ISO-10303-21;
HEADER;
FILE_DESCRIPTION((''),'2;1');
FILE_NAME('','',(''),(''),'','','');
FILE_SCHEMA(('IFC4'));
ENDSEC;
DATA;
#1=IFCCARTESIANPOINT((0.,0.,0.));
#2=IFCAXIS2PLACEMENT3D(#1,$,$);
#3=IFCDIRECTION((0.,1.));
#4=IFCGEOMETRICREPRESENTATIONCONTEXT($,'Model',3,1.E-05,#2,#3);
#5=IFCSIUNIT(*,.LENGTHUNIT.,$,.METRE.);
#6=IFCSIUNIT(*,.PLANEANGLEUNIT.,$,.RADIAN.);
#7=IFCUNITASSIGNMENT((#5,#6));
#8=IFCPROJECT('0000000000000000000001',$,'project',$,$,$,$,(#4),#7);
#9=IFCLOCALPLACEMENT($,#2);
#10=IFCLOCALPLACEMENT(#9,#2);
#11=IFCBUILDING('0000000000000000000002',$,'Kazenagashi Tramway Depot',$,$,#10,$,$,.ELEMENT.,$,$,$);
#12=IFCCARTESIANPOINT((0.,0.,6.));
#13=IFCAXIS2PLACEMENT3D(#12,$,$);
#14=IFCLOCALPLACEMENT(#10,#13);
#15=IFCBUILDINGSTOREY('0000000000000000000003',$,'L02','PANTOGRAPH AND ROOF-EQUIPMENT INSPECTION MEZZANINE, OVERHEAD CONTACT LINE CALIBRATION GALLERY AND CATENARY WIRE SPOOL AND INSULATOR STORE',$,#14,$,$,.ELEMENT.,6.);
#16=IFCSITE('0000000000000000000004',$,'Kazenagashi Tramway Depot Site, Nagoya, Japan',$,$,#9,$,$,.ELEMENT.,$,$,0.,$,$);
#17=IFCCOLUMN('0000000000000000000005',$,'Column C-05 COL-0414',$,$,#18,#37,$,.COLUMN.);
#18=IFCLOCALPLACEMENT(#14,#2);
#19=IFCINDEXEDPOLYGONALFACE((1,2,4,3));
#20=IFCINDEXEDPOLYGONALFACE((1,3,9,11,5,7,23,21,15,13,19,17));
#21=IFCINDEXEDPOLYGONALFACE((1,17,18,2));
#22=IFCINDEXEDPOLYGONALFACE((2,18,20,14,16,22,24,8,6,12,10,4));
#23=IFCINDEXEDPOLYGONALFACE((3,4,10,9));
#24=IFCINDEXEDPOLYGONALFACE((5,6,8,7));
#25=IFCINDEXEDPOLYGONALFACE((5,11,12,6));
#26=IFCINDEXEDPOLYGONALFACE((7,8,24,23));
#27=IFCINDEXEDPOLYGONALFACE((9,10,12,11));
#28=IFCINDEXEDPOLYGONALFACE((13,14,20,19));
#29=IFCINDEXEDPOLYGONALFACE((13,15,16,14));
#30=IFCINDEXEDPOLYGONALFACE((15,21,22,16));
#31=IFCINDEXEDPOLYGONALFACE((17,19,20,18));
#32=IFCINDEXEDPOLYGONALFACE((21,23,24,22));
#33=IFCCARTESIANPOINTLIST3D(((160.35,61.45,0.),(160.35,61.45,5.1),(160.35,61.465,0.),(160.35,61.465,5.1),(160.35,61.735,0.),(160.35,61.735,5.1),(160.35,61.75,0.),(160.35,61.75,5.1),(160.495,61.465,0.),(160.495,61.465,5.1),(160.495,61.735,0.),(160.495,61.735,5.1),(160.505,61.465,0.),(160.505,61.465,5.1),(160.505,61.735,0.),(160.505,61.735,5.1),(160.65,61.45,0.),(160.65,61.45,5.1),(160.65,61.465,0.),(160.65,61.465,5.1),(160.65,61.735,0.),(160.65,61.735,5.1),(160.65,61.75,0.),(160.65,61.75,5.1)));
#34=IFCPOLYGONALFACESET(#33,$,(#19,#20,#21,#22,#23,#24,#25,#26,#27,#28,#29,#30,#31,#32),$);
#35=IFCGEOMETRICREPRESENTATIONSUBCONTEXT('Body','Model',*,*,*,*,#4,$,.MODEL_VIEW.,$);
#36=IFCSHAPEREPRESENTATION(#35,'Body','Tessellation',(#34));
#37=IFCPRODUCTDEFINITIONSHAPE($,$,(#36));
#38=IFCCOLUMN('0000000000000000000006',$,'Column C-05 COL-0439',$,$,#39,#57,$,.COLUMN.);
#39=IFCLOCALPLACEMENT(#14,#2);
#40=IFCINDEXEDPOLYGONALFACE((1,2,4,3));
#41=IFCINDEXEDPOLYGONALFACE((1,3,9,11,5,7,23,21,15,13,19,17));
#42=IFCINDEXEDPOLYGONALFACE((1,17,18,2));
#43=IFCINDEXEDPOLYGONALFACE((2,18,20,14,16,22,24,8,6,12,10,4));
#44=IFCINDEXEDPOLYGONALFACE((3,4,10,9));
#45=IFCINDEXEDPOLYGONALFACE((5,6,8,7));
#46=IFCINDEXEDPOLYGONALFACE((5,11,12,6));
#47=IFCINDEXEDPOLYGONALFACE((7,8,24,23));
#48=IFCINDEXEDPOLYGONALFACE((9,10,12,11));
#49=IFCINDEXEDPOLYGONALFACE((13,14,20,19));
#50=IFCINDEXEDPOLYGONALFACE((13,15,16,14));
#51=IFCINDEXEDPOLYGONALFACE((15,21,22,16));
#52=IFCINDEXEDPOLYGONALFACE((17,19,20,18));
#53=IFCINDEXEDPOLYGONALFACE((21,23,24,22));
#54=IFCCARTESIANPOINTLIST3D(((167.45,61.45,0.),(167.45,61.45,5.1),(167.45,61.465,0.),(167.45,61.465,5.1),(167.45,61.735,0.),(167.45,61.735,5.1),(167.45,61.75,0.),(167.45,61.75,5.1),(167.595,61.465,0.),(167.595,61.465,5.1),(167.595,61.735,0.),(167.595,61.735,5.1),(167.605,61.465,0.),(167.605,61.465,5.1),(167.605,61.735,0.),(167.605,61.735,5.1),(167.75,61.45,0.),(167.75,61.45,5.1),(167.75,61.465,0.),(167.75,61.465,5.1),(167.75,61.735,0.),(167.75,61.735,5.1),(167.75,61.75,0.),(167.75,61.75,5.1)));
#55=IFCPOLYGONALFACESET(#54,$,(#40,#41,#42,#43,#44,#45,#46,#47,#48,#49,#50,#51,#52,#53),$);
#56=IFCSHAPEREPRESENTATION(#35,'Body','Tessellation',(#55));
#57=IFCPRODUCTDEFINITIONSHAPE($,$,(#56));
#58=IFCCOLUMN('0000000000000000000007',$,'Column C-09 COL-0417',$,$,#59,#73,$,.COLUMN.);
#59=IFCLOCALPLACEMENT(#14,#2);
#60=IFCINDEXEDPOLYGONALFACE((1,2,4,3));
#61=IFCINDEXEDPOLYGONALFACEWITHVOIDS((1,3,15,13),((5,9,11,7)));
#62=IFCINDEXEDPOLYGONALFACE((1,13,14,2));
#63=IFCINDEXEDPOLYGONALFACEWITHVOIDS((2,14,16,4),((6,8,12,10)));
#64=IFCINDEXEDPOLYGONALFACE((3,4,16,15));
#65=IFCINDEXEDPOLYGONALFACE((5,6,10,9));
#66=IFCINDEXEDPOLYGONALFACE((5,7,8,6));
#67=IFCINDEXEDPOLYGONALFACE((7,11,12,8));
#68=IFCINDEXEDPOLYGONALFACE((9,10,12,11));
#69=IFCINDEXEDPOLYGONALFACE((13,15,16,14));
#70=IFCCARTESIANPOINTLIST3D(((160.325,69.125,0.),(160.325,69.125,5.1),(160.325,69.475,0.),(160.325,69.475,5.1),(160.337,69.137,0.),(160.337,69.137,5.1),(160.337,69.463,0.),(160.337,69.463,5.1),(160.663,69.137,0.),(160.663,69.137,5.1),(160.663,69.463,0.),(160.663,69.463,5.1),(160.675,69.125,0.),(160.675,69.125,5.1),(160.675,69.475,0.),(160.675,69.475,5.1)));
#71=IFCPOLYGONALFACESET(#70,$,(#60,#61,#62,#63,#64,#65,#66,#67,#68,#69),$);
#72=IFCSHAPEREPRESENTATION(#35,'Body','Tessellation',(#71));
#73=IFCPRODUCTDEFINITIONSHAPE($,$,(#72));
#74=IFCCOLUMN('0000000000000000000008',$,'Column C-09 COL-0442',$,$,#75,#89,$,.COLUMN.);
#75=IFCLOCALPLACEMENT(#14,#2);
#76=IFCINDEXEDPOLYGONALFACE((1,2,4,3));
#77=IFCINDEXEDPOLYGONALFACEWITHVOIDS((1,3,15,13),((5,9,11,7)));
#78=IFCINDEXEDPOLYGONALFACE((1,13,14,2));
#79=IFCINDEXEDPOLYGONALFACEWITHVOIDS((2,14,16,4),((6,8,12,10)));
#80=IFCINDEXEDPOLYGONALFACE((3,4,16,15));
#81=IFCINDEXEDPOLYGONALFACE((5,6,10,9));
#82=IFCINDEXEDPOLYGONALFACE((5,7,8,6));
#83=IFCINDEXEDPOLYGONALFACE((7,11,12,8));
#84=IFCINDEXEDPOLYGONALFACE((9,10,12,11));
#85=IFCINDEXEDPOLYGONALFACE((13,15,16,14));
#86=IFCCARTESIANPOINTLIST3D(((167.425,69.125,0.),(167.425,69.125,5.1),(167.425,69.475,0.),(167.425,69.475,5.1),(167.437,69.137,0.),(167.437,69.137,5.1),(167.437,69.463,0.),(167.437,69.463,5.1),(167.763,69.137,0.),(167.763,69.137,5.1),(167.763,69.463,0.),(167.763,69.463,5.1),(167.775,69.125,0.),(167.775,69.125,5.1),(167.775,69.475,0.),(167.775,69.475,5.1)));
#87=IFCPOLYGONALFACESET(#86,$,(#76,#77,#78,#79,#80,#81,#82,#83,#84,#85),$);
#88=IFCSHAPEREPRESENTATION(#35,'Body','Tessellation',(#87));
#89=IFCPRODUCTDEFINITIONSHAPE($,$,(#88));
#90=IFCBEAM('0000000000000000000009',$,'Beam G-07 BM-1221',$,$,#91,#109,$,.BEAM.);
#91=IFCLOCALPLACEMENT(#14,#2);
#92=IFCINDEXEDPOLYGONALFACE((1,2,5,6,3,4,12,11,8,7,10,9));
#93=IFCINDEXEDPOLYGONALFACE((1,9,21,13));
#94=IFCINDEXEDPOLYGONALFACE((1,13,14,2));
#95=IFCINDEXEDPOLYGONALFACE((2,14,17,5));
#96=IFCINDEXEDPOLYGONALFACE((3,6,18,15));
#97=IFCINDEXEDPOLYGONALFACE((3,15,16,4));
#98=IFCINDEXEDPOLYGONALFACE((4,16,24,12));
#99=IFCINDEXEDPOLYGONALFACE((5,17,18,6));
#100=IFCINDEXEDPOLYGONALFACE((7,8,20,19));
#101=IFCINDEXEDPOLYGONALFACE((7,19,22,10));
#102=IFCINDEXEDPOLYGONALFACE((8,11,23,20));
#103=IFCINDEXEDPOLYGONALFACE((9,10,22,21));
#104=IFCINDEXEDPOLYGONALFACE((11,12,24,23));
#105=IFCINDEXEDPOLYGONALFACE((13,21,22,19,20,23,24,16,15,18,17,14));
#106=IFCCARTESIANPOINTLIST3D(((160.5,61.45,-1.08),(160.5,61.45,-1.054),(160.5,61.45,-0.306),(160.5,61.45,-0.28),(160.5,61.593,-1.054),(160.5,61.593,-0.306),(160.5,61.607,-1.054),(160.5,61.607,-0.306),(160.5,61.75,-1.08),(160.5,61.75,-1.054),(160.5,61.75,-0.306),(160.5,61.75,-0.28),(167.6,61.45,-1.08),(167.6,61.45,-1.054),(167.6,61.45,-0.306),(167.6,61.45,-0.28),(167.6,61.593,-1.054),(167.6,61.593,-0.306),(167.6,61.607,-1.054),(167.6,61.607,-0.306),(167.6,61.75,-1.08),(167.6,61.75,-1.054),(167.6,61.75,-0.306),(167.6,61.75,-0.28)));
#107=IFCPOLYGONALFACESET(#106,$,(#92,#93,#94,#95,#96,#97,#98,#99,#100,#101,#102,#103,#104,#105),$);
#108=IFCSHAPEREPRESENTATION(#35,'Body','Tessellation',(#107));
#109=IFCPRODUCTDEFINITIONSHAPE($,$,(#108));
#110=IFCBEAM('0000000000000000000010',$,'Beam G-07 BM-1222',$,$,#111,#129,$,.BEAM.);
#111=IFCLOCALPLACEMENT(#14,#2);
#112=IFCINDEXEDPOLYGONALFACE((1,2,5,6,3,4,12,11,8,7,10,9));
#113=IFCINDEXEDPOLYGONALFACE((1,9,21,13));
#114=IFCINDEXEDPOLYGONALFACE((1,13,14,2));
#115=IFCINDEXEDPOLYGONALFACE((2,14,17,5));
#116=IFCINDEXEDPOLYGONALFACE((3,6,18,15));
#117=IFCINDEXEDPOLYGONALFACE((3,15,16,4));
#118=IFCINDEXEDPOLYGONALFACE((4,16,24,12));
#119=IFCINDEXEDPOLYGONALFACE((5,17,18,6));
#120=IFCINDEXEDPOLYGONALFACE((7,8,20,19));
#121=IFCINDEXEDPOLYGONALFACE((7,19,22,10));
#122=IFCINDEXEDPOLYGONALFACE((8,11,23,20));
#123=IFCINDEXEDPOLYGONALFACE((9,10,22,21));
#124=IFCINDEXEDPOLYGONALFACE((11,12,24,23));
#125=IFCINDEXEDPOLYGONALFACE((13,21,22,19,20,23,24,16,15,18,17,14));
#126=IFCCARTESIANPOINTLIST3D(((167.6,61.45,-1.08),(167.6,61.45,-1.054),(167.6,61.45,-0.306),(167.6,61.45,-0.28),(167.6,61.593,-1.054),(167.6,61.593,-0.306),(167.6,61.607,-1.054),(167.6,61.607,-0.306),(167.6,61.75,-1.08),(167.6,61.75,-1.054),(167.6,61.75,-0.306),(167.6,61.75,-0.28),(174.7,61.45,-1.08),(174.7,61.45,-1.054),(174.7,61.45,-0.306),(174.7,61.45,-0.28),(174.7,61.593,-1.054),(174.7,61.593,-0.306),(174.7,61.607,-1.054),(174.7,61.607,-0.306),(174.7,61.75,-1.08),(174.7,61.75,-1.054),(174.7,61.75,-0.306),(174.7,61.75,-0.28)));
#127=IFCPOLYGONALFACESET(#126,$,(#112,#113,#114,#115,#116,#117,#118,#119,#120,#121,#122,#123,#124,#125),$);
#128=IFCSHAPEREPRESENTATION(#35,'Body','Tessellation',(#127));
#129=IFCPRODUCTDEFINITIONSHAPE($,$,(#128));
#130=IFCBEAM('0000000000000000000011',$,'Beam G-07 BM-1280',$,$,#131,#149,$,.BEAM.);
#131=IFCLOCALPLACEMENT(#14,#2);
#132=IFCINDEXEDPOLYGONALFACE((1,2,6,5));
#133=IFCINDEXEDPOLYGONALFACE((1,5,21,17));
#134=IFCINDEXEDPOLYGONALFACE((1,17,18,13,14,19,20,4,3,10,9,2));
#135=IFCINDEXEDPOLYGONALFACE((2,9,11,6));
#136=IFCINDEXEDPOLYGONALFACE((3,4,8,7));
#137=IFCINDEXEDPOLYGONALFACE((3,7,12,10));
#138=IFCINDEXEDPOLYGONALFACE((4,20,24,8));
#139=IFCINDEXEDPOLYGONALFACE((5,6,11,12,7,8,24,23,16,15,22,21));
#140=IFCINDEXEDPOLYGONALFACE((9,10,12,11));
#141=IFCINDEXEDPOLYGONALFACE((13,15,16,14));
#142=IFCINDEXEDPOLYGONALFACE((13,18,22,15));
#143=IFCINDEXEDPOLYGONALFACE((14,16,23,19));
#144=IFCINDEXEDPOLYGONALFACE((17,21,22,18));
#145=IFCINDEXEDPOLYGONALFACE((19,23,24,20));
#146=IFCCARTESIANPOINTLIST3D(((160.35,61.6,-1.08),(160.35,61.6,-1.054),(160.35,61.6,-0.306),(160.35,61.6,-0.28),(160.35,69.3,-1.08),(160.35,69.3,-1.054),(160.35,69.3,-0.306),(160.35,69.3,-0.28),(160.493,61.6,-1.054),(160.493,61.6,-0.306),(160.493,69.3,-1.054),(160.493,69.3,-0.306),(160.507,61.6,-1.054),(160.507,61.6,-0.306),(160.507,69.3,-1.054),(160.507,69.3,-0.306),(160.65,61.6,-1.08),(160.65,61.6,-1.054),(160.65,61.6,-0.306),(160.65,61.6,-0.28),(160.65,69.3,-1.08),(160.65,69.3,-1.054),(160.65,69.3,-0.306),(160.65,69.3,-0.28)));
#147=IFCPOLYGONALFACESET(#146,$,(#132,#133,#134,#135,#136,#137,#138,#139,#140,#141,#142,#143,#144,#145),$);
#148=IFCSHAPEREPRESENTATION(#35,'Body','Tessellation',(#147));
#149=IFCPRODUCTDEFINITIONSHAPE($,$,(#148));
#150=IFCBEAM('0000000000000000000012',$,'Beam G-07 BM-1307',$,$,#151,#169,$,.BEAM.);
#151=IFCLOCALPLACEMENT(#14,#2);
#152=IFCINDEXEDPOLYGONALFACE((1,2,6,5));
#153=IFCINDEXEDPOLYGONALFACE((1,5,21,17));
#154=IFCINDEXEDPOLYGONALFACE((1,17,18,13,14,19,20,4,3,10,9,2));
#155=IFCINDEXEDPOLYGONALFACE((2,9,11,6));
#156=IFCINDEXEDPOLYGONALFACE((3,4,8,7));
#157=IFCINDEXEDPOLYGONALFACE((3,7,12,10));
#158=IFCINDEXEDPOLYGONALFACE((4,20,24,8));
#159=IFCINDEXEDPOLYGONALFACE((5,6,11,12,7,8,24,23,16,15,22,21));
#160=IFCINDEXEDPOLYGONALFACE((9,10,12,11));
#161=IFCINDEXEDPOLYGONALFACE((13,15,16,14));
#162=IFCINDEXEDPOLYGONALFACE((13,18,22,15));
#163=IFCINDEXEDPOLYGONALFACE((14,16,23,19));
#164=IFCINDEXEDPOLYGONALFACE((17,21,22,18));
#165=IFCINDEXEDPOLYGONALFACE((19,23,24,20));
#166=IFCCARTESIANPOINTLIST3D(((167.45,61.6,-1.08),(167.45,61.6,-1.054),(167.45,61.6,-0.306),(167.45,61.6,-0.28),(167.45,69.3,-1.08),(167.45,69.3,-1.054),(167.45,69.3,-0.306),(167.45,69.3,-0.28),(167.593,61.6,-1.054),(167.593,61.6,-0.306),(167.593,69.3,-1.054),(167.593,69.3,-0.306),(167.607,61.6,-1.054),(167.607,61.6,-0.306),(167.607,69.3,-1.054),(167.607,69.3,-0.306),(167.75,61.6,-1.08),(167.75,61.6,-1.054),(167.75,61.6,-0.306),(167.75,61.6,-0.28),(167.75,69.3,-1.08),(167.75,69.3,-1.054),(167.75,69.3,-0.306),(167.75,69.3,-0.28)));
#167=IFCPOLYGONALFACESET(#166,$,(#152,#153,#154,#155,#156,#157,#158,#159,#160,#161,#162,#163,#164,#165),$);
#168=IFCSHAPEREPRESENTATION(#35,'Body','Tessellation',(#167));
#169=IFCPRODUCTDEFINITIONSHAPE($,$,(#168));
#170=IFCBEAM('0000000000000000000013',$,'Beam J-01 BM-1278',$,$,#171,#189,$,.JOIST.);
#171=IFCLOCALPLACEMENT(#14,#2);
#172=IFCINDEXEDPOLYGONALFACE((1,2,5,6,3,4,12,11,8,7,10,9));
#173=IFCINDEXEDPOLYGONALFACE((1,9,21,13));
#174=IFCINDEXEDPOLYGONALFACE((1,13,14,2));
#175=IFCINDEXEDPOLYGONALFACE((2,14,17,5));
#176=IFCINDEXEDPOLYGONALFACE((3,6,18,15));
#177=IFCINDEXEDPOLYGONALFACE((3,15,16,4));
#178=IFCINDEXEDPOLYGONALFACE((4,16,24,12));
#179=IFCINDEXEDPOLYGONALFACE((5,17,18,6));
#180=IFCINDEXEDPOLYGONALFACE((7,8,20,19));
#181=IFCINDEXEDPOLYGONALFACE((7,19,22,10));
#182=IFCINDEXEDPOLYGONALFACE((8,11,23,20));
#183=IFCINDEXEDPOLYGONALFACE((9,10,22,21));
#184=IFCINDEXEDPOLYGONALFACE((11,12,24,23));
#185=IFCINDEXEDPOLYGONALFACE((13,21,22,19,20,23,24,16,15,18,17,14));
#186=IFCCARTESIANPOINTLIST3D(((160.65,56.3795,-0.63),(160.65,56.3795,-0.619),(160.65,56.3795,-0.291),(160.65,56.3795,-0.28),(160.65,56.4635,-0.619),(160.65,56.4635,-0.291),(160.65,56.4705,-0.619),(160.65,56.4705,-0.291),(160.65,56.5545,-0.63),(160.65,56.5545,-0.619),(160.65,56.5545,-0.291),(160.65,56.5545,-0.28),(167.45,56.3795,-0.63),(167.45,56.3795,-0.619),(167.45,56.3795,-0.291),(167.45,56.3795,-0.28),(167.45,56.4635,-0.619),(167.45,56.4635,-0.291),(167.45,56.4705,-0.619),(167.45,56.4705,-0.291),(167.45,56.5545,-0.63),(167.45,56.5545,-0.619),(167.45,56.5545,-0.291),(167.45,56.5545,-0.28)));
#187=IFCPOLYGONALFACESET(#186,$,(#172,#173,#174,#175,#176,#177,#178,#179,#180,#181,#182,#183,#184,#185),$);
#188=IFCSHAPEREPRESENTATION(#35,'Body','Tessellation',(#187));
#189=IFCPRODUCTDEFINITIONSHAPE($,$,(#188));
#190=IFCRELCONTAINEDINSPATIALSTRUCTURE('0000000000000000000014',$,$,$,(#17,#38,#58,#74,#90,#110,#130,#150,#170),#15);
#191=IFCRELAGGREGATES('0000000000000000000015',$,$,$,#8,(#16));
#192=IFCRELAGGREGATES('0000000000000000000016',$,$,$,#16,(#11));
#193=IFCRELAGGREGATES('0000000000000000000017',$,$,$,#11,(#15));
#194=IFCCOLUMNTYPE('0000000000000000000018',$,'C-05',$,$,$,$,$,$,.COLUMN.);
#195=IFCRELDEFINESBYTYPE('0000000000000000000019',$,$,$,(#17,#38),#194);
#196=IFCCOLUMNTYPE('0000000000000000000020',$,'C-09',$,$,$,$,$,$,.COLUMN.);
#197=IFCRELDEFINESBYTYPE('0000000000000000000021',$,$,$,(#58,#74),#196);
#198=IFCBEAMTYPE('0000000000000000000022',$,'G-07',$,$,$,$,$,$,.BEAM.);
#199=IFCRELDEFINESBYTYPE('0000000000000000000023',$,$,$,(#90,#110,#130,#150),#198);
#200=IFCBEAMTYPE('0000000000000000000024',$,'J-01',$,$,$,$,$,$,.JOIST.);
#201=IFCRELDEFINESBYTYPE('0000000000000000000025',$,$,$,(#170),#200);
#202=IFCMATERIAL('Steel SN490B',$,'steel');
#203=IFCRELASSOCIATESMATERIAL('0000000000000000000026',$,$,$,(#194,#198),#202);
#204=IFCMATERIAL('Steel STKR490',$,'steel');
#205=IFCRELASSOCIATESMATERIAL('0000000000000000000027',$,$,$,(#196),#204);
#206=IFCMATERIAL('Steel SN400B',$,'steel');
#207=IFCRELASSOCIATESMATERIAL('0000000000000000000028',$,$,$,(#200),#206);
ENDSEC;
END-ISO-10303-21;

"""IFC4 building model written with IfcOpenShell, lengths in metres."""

from ifc_helpers import new_model, si_unit, direction, frame, origin, origin_2d, place, context, subcontext, project, spatial, hollow_rectangle, i_section, extrude, material, material_profile, profile_set, type_object, element, save


model = new_model("IFC4")

# Units and contexts
model_context = context("Model", 3, precision=1e-05, world=origin(), true_north=direction((0.0, 1.0)))
body_context = subcontext(model_context, "Body", "Model", "MODEL_VIEW")
ifc_project = project(units=[si_unit("LENGTHUNIT", "METRE"), si_unit("PLANEANGLEUNIT", "RADIAN")], contexts=[model_context])

# Site, building, storey
site_placement = place(None, origin())
site = spatial("IfcSite", under=ifc_project, at=site_placement, Name="Kazenagashi Tramway Depot Site, Nagoya, Japan", CompositionType="ELEMENT", RefElevation=0.0)
building_placement = place(site_placement, origin())
building = spatial("IfcBuilding", under=site, at=building_placement, Name="Kazenagashi Tramway Depot", CompositionType="ELEMENT")
storey_placement = place(building_placement, frame((0.0, 0.0, 6.0)))
storey = spatial("IfcBuildingStorey", under=building, at=storey_placement, Name="L02", Description="PANTOGRAPH AND ROOF-EQUIPMENT INSPECTION MEZZANINE, OVERHEAD CONTACT LINE CALIBRATION GALLERY AND CATENARY WIRE SPOOL AND INSULATOR STORE", CompositionType="ELEMENT", Elevation=6.0)

# Columns
ifc_material_1 = material(Name="Steel SN490B", Category="steel")
ifc_material_profile_1 = material_profile(ifc_material_1, i_section(OverallWidth=0.3, OverallDepth=0.3, WebThickness=0.01, FlangeThickness=0.015, at=origin_2d()), Name="H-300x300x10x15")
ifc_profile_set_1 = profile_set([ifc_material_profile_1], Name="Steel SN490B")
column_type_1 = type_object("IfcColumnType", Name="C-05", PredefinedType="COLUMN", material=ifc_profile_set_1)
for number, where, z_axis, x_axis, name in (
    (1, (160.5, 61.6, 0.0), (0.0, 0.0, 1.0), (1.0, 0.0, 0.0), "Column C-05 COL-0414"),
    (2, (167.6, 61.6, 0.0), (0.0, 0.0, 1.0), (1.0, 0.0, 0.0), "Column C-05 COL-0439"),
):
    element("IfcColumn", number, at=place(storey_placement, frame(where, z_axis=z_axis, x_axis=x_axis)), inside=storey, type_object=column_type_1, Name=name, PredefinedType="COLUMN", context=body_context, shape_type="SweptSolid", body=[
        extrude(i_section(OverallWidth=0.3, OverallDepth=0.3, WebThickness=0.01, FlangeThickness=0.015, at=origin_2d()), origin(), (0.0, 0.0, 1.0), 5.1),
    ])
ifc_material_2 = material(Name="Steel STKR490", Category="steel")
ifc_material_profile_2 = material_profile(ifc_material_2, hollow_rectangle(XDim=0.35, YDim=0.35, WallThickness=0.012, at=origin_2d()), Name="SHS-350x350x12")
ifc_profile_set_2 = profile_set([ifc_material_profile_2], Name="Steel STKR490")
column_type_2 = type_object("IfcColumnType", Name="C-09", PredefinedType="COLUMN", material=ifc_profile_set_2)
for number, where, z_axis, x_axis, name in (
    (3, (160.5, 69.3, 0.0), (0.0, 0.0, 1.0), (1.0, 0.0, 0.0), "Column C-09 COL-0417"),
    (4, (167.6, 69.3, 0.0), (0.0, 0.0, 1.0), (1.0, 0.0, 0.0), "Column C-09 COL-0442"),
):
    element("IfcColumn", number, at=place(storey_placement, frame(where, z_axis=z_axis, x_axis=x_axis)), inside=storey, type_object=column_type_2, Name=name, PredefinedType="COLUMN", context=body_context, shape_type="SweptSolid", body=[
        extrude(hollow_rectangle(XDim=0.35, YDim=0.35, WallThickness=0.012, at=origin_2d()), origin(), (0.0, 0.0, 1.0), 5.1),
    ])

# Beams
ifc_material_profile_3 = material_profile(ifc_material_1, i_section(OverallWidth=0.3, OverallDepth=0.8, WebThickness=0.014, FlangeThickness=0.026, at=origin_2d()), Name="H-800x300x14x26")
ifc_profile_set_3 = profile_set([ifc_material_profile_3], Name="Steel SN490B")
beam_type_1 = type_object("IfcBeamType", Name="G-07", PredefinedType="BEAM", material=ifc_profile_set_3)
for number, where, z_axis, x_axis, name in (
    (5, (160.5, 61.6, -0.68), (1.0, 0.0, 0.0), (0.0, 1.0, 0.0), "Beam G-07 BM-1221"),
    (6, (167.6, 61.6, -0.68), (1.0, 0.0, 0.0), (0.0, 1.0, 0.0), "Beam G-07 BM-1222"),
):
    element("IfcBeam", number, at=place(storey_placement, frame(where, z_axis=z_axis, x_axis=x_axis)), inside=storey, type_object=beam_type_1, Name=name, PredefinedType="BEAM", context=body_context, shape_type="SweptSolid", body=[
        extrude(i_section(OverallWidth=0.3, OverallDepth=0.8, WebThickness=0.014, FlangeThickness=0.026, at=origin_2d()), origin(), (0.0, 0.0, 1.0), 7.1),
    ])
for number, where, z_axis, x_axis, name in (
    (7, (160.5, 61.6, -0.68), (0.0, 1.0, 0.0), (-1.0, 0.0, 0.0), "Beam G-07 BM-1280"),
    (8, (167.6, 61.6, -0.68), (0.0, 1.0, 0.0), (-1.0, 0.0, 0.0), "Beam G-07 BM-1307"),
):
    element("IfcBeam", number, at=place(storey_placement, frame(where, z_axis=z_axis, x_axis=x_axis)), inside=storey, type_object=beam_type_1, Name=name, PredefinedType="BEAM", context=body_context, shape_type="SweptSolid", body=[
        extrude(i_section(OverallWidth=0.3, OverallDepth=0.8, WebThickness=0.014, FlangeThickness=0.026, at=origin_2d()), origin(), (0.0, 0.0, 1.0), 7.7),
    ])
ifc_material_3 = material(Name="Steel SN400B", Category="steel")
ifc_material_profile_4 = material_profile(ifc_material_3, i_section(OverallWidth=0.175, OverallDepth=0.35, WebThickness=0.007, FlangeThickness=0.011, at=origin_2d()), Name="H-350x175x7x11")
ifc_profile_set_4 = profile_set([ifc_material_profile_4], Name="Steel SN400B")
beam_type_2 = type_object("IfcBeamType", Name="J-01", PredefinedType="JOIST", material=ifc_profile_set_4)
for number, where, z_axis, x_axis, name in (
    (9, (160.65, 56.467, -0.455), (1.0, 0.0, 0.0), (0.0, 1.0, 0.0), "Beam J-01 BM-1278"),
):
    element("IfcBeam", number, at=place(storey_placement, frame(where, z_axis=z_axis, x_axis=x_axis)), inside=storey, type_object=beam_type_2, Name=name, PredefinedType="JOIST", context=body_context, shape_type="SweptSolid", body=[
        extrude(i_section(OverallWidth=0.175, OverallDepth=0.35, WebThickness=0.007, FlangeThickness=0.011, at=origin_2d()), origin(), (0.0, 0.0, 1.0), 6.8),
    ])

save(model, "model.ifc")
